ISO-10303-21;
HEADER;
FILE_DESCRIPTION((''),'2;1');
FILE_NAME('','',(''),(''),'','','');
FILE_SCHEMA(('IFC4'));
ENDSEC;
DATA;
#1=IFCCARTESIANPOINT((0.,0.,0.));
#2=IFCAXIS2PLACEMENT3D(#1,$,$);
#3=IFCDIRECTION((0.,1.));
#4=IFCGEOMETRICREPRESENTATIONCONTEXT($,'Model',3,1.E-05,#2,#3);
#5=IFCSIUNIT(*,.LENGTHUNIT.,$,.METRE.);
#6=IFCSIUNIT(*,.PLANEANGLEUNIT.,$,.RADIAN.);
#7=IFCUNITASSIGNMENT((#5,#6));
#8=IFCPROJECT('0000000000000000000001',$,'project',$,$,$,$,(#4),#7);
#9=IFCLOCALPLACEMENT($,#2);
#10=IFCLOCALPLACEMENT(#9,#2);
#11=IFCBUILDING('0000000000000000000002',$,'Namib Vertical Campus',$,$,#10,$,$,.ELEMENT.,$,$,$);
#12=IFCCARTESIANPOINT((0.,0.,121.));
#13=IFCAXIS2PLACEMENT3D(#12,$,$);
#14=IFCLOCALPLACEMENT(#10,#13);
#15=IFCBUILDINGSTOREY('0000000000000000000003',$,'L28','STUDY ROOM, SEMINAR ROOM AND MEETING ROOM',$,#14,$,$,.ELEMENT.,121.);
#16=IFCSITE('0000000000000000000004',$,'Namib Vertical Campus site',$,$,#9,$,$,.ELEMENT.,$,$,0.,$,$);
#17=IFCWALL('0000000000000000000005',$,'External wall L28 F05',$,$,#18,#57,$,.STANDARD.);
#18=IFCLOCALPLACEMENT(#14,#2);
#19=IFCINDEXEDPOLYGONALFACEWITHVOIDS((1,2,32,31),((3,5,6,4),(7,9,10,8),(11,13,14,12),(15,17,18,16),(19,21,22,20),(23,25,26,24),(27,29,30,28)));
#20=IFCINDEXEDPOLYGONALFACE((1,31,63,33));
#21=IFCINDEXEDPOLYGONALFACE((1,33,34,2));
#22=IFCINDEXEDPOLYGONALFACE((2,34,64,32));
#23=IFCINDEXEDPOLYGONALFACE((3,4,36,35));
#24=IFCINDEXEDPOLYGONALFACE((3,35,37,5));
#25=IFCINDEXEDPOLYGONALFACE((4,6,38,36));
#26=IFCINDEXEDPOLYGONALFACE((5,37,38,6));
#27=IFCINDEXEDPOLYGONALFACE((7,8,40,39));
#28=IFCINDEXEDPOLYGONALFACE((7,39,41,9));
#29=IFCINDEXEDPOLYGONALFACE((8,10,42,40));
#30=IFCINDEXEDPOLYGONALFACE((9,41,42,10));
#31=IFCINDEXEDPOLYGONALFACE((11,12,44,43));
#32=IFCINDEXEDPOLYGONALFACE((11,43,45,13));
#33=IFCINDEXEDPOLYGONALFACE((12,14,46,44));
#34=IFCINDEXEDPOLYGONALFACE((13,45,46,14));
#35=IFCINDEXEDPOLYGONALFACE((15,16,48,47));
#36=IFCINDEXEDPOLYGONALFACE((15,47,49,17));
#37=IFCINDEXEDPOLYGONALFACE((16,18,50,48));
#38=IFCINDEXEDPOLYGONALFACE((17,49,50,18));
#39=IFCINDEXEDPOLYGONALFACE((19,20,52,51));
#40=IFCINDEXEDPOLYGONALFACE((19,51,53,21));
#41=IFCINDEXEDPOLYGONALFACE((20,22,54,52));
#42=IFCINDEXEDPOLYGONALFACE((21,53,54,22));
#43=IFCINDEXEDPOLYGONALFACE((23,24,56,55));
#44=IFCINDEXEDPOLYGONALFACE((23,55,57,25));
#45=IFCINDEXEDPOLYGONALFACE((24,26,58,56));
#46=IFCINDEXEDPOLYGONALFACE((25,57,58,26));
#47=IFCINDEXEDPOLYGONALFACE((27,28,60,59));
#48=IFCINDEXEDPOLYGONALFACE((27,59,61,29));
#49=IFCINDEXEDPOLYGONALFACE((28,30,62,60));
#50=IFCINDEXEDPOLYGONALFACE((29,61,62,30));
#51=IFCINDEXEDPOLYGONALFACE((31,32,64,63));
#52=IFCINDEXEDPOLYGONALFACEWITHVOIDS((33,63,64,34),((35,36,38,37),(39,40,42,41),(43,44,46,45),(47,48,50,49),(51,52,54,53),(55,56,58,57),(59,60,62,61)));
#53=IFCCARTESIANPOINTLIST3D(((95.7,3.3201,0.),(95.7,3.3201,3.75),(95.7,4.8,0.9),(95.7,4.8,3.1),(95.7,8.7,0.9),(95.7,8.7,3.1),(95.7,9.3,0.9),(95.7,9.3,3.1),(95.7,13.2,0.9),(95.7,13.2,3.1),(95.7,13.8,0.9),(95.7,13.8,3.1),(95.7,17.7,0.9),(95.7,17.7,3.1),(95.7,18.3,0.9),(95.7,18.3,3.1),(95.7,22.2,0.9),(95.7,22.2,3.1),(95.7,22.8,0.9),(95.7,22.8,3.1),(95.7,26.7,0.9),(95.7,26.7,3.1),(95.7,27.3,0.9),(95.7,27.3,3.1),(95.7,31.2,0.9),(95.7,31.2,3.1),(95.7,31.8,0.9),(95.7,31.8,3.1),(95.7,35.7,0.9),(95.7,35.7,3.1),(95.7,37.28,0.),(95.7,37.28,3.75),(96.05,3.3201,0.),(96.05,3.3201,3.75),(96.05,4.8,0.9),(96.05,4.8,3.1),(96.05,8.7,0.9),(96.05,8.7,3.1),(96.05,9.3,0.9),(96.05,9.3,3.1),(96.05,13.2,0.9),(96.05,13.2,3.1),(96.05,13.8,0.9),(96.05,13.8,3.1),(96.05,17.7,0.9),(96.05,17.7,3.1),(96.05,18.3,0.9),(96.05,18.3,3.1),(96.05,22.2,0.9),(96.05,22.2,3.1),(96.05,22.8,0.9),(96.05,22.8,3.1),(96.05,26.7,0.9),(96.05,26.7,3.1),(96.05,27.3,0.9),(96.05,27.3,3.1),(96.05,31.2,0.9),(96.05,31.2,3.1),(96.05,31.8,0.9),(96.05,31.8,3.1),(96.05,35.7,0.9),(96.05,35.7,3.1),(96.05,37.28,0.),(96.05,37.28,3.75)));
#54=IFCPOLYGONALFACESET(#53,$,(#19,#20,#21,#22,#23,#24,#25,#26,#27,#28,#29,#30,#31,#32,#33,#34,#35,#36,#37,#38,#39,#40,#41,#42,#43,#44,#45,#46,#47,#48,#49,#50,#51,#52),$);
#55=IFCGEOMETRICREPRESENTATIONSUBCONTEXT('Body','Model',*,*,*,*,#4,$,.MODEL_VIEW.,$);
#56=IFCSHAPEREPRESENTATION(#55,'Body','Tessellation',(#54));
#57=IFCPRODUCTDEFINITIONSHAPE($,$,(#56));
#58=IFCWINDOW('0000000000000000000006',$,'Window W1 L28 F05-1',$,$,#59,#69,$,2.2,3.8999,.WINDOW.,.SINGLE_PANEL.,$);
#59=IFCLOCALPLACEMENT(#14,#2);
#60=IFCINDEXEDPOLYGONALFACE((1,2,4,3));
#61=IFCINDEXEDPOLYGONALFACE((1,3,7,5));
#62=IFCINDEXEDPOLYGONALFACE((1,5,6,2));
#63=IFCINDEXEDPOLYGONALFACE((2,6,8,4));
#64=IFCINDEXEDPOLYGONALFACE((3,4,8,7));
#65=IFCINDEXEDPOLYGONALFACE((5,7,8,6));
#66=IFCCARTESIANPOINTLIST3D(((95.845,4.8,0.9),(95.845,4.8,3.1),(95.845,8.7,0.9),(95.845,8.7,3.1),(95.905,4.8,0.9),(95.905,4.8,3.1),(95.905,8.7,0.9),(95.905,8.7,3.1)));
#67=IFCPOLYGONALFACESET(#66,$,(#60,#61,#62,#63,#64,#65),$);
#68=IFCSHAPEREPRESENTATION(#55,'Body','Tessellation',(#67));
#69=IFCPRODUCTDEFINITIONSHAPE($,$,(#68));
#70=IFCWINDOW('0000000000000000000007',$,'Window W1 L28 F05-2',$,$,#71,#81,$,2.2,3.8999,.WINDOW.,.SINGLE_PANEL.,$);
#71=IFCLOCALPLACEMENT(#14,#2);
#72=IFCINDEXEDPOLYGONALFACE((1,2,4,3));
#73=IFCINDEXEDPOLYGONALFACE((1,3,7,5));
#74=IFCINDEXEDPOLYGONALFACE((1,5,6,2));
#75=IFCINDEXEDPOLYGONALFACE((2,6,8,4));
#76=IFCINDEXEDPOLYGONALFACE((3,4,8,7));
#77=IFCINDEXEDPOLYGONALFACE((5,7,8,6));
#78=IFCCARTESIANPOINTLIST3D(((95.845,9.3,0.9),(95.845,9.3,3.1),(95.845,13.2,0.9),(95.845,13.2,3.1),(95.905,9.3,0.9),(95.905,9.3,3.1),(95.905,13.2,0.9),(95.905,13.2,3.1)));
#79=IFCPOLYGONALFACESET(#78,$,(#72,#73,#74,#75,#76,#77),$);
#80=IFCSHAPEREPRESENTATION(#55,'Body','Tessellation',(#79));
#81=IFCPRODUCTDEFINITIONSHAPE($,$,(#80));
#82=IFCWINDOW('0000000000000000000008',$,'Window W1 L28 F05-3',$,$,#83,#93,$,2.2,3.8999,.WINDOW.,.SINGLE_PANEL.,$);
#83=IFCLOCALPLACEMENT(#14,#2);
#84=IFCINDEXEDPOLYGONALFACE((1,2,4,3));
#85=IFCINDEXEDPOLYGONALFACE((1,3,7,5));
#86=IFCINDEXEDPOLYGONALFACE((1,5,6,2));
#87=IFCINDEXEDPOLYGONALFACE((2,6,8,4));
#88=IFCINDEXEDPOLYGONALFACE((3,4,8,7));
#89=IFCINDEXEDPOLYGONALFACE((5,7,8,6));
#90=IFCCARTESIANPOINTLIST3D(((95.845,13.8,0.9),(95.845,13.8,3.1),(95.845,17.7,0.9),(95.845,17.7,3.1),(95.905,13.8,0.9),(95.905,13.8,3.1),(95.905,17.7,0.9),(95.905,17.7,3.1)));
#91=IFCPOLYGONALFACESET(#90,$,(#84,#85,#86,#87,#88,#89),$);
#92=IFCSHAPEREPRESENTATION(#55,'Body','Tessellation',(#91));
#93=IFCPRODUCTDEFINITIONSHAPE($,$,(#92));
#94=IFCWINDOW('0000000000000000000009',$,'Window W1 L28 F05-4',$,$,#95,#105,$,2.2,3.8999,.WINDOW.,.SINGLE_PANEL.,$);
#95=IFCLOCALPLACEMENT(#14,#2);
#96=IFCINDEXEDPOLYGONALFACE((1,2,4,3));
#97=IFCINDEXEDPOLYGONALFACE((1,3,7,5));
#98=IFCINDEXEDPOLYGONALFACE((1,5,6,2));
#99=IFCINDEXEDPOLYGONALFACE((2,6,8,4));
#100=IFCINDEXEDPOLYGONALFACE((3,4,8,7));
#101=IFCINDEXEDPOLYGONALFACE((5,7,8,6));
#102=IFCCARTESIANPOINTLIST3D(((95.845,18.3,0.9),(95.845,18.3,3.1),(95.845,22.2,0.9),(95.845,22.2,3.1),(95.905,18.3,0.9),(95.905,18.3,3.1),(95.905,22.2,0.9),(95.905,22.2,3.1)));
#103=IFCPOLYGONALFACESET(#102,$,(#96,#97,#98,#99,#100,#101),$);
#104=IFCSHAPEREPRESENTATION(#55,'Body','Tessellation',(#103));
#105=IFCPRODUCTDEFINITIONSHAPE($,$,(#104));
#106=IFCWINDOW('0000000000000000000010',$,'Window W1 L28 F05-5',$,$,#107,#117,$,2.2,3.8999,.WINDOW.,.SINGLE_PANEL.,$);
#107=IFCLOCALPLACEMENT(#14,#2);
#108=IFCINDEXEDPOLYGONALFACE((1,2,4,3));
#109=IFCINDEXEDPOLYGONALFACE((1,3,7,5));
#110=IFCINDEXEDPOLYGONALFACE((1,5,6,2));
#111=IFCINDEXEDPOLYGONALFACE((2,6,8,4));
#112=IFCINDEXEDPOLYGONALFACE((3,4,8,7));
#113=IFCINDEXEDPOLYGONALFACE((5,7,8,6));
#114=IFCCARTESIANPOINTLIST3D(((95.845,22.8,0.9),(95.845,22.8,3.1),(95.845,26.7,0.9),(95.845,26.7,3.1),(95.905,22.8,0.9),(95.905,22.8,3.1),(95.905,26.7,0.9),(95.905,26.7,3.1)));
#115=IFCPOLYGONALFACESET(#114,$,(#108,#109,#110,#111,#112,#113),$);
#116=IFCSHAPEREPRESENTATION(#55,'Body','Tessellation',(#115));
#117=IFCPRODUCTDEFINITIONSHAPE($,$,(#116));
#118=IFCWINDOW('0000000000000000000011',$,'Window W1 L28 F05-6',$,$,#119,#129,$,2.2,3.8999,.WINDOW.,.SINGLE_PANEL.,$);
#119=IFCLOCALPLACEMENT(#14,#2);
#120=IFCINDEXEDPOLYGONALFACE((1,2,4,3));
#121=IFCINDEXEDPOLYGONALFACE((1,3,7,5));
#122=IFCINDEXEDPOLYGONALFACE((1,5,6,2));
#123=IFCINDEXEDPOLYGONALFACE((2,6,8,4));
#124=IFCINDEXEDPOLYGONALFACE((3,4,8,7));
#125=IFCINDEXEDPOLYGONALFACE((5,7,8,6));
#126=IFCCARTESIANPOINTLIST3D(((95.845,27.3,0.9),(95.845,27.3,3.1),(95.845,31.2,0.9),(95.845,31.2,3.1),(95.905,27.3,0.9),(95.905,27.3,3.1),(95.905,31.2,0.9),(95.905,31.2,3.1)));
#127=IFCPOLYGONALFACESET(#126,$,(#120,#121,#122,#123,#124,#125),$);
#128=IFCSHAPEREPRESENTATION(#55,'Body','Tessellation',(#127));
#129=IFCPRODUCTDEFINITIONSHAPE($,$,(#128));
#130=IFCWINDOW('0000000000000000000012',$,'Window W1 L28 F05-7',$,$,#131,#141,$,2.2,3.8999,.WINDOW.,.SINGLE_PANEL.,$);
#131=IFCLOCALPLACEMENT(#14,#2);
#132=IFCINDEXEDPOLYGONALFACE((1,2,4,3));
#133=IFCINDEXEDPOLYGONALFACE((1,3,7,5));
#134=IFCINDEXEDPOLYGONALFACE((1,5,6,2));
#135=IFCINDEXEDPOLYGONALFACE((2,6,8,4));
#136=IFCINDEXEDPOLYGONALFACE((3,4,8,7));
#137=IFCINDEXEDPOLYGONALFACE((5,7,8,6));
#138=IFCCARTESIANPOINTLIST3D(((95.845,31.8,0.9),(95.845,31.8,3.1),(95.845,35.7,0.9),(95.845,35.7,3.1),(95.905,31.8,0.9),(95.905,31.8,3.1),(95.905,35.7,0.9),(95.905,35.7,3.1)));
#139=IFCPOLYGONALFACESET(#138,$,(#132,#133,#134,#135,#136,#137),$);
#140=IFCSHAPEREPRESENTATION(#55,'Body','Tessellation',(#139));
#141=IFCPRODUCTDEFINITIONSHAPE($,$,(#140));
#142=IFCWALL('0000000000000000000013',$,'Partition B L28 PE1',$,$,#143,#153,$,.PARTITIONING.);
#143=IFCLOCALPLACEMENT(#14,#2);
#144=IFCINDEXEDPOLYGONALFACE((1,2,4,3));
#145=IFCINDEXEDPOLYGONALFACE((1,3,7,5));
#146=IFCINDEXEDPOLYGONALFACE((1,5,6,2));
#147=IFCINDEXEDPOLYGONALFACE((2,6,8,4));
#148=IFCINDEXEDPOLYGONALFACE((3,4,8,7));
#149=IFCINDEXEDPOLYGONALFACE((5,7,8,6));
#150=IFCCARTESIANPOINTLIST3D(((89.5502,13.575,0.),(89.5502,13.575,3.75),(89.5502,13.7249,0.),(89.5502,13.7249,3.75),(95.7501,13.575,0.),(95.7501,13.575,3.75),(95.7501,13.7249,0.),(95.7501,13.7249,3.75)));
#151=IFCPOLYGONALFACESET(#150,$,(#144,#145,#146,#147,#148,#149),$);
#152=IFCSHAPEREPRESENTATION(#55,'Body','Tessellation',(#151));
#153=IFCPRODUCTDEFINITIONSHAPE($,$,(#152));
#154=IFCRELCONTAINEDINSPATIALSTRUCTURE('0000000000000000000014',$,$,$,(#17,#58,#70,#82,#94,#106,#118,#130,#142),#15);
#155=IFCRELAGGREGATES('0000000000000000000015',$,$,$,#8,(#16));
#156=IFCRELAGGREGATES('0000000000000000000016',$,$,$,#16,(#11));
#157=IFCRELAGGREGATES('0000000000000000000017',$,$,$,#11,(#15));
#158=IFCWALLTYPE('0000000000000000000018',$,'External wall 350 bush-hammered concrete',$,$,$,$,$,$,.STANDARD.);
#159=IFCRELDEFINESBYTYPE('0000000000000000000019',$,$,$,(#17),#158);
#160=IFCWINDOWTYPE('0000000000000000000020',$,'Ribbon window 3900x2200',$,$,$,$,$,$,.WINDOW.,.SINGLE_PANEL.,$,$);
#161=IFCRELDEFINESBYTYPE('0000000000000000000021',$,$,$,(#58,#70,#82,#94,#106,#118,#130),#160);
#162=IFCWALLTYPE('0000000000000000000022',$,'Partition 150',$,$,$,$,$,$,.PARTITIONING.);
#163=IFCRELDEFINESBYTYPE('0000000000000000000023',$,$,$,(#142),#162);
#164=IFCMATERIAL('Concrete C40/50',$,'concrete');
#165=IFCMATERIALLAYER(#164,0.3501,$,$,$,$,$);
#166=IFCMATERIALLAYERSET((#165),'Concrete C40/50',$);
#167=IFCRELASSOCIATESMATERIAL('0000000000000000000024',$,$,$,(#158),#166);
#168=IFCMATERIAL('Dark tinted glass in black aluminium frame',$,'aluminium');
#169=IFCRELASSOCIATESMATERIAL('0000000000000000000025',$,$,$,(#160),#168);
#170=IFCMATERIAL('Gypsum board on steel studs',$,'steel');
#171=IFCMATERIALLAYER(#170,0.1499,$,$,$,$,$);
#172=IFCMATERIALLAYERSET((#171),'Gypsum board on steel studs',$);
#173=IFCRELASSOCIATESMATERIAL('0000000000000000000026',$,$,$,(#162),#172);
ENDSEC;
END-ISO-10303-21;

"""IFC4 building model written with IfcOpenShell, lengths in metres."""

from ifc_helpers import new_model, si_unit, direction, frame, frame_2d, origin, place, context, subcontext, project, spatial, rectangle, extrude, material, layer, layer_set, type_object, element, fill, save


model = new_model("IFC4")

# Units and contexts
model_context = context("Model", 3, precision=1e-05, world=origin(), true_north=direction((0.0, 1.0)))
body_context = subcontext(model_context, "Body", "Model", "MODEL_VIEW")
ifc_project = project(units=[si_unit("LENGTHUNIT", "METRE"), si_unit("PLANEANGLEUNIT", "RADIAN")], contexts=[model_context])

# Site, building, storey
site_placement = place(None, origin())
site = spatial("IfcSite", under=ifc_project, at=site_placement, Name="Namib Vertical Campus site", CompositionType="ELEMENT", RefElevation=0.0)
building_placement = place(site_placement, origin())
building = spatial("IfcBuilding", under=site, at=building_placement, Name="Namib Vertical Campus", CompositionType="ELEMENT")
storey_placement = place(building_placement, frame((0.0, 0.0, 121.0)))
storey = spatial("IfcBuildingStorey", under=building, at=storey_placement, Name="L28", Description="STUDY ROOM, SEMINAR ROOM AND MEETING ROOM", CompositionType="ELEMENT", Elevation=121.0)

# Wall, openings, windows
ifc_material_1 = material(Name="Concrete C40/50", Category="concrete")
ifc_layer_1 = layer(ifc_material_1, 0.3501)
ifc_layer_set_1 = layer_set([ifc_layer_1], Name="Concrete C40/50")
wall_type_1 = type_object("IfcWallType", Name="External wall 350 bush-hammered concrete", PredefinedType="STANDARD", material=ifc_layer_set_1)
wall_1_placement = place(storey_placement, frame((95.875, 3.3201, 0.0), z_axis=(0.0, 0.0, 1.0), x_axis=(0.0, 1.0, 0.0)))
wall_1 = element("IfcWall", 1, at=wall_1_placement, inside=storey, type_object=wall_type_1, Name="External wall L28 F05", PredefinedType="STANDARD", context=body_context, shape_type="SweptSolid", body=[
    extrude(rectangle(XDim=33.96, YDim=0.3501, at=frame_2d((16.98, 0.0))), origin(), (0.0, 0.0, 1.0), 3.75),
])
opening_1_placement = place(wall_1_placement, frame((1.48, 0.0, 0.8999)))
opening_1 = element("IfcOpeningElement", 2, at=opening_1_placement, cuts=wall_1, PredefinedType="OPENING", context=body_context, shape_type="SweptSolid", body=[
    extrude(rectangle(XDim=3.8999, YDim=2.2, at=frame_2d((1.95, 1.1001))), frame((0.0, 0.1851, 0.0), z_axis=(0.0, -1.0, 0.0), x_axis=(1.0, 0.0, 0.0)), (0.0, 0.0, 1.0), 0.3701),
])
opening_2_placement = place(wall_1_placement, frame((5.98, 0.0, 0.8999)))
opening_2 = element("IfcOpeningElement", 3, at=opening_2_placement, cuts=wall_1, PredefinedType="OPENING", context=body_context, shape_type="SweptSolid", body=[
    extrude(rectangle(XDim=3.8999, YDim=2.2, at=frame_2d((1.95, 1.1001))), frame((0.0, 0.1851, 0.0), z_axis=(0.0, -1.0, 0.0), x_axis=(1.0, 0.0, 0.0)), (0.0, 0.0, 1.0), 0.3701),
])
opening_3_placement = place(wall_1_placement, frame((10.48, 0.0, 0.8999)))
opening_3 = element("IfcOpeningElement", 4, at=opening_3_placement, cuts=wall_1, PredefinedType="OPENING", context=body_context, shape_type="SweptSolid", body=[
    extrude(rectangle(XDim=3.8999, YDim=2.2, at=frame_2d((1.95, 1.1001))), frame((0.0, 0.1851, 0.0), z_axis=(0.0, -1.0, 0.0), x_axis=(1.0, 0.0, 0.0)), (0.0, 0.0, 1.0), 0.3701),
])
opening_4_placement = place(wall_1_placement, frame((14.98, 0.0, 0.8999)))
opening_4 = element("IfcOpeningElement", 5, at=opening_4_placement, cuts=wall_1, PredefinedType="OPENING", context=body_context, shape_type="SweptSolid", body=[
    extrude(rectangle(XDim=3.8999, YDim=2.2, at=frame_2d((1.95, 1.1001))), frame((0.0, 0.1851, 0.0), z_axis=(0.0, -1.0, 0.0), x_axis=(1.0, 0.0, 0.0)), (0.0, 0.0, 1.0), 0.3701),
])
opening_5_placement = place(wall_1_placement, frame((19.48, 0.0, 0.8999)))
opening_5 = element("IfcOpeningElement", 6, at=opening_5_placement, cuts=wall_1, PredefinedType="OPENING", context=body_context, shape_type="SweptSolid", body=[
    extrude(rectangle(XDim=3.8999, YDim=2.2, at=frame_2d((1.95, 1.1001))), frame((0.0, 0.1851, 0.0), z_axis=(0.0, -1.0, 0.0), x_axis=(1.0, 0.0, 0.0)), (0.0, 0.0, 1.0), 0.3701),
])
opening_6_placement = place(wall_1_placement, frame((23.98, 0.0, 0.8999)))
opening_6 = element("IfcOpeningElement", 7, at=opening_6_placement, cuts=wall_1, PredefinedType="OPENING", context=body_context, shape_type="SweptSolid", body=[
    extrude(rectangle(XDim=3.8999, YDim=2.2, at=frame_2d((1.95, 1.1001))), frame((0.0, 0.1851, 0.0), z_axis=(0.0, -1.0, 0.0), x_axis=(1.0, 0.0, 0.0)), (0.0, 0.0, 1.0), 0.3701),
])
opening_7_placement = place(wall_1_placement, frame((28.48, 0.0, 0.8999)))
opening_7 = element("IfcOpeningElement", 8, at=opening_7_placement, cuts=wall_1, PredefinedType="OPENING", context=body_context, shape_type="SweptSolid", body=[
    extrude(rectangle(XDim=3.8999, YDim=2.2, at=frame_2d((1.95, 1.1001))), frame((0.0, 0.1851, 0.0), z_axis=(0.0, -1.0, 0.0), x_axis=(1.0, 0.0, 0.0)), (0.0, 0.0, 1.0), 0.3701),
])
ifc_material_2 = material(Name="Dark tinted glass in black aluminium frame", Category="aluminium")
window_type = type_object("IfcWindowType", Name="Ribbon window 3900x2200", PartitioningType="SINGLE_PANEL", PredefinedType="WINDOW", material=ifc_material_2)
window_1_placement = place(opening_1_placement, origin())
window_1 = element("IfcWindow", 9, at=window_1_placement, inside=storey, type_object=window_type, Name="Window W1 L28 F05-1", OverallHeight=2.2, OverallWidth=3.8999, PartitioningType="SINGLE_PANEL", PredefinedType="WINDOW", context=body_context, shape_type="SweptSolid", body=[
    extrude(rectangle(XDim=3.8999, YDim=2.2, at=frame_2d((1.95, 1.1001))), frame((0.0, 0.03, 0.0), z_axis=(0.0, -1.0, 0.0), x_axis=(1.0, 0.0, 0.0)), (0.0, 0.0, 1.0), 0.0601),
])
fill(opening_1, window_1)
window_2_placement = place(opening_2_placement, origin())
window_2 = element("IfcWindow", 10, at=window_2_placement, inside=storey, type_object=window_type, Name="Window W1 L28 F05-2", OverallHeight=2.2, OverallWidth=3.8999, PartitioningType="SINGLE_PANEL", PredefinedType="WINDOW", context=body_context, shape_type="SweptSolid", body=[
    extrude(rectangle(XDim=3.8999, YDim=2.2, at=frame_2d((1.95, 1.1001))), frame((0.0, 0.03, 0.0), z_axis=(0.0, -1.0, 0.0), x_axis=(1.0, 0.0, 0.0)), (0.0, 0.0, 1.0), 0.0601),
])
fill(opening_2, window_2)
window_3_placement = place(opening_3_placement, origin())
window_3 = element("IfcWindow", 11, at=window_3_placement, inside=storey, type_object=window_type, Name="Window W1 L28 F05-3", OverallHeight=2.2, OverallWidth=3.8999, PartitioningType="SINGLE_PANEL", PredefinedType="WINDOW", context=body_context, shape_type="SweptSolid", body=[
    extrude(rectangle(XDim=3.8999, YDim=2.2, at=frame_2d((1.95, 1.1001))), frame((0.0, 0.03, 0.0), z_axis=(0.0, -1.0, 0.0), x_axis=(1.0, 0.0, 0.0)), (0.0, 0.0, 1.0), 0.0601),
])
fill(opening_3, window_3)
window_4_placement = place(opening_4_placement, origin())
window_4 = element("IfcWindow", 12, at=window_4_placement, inside=storey, type_object=window_type, Name="Window W1 L28 F05-4", OverallHeight=2.2, OverallWidth=3.8999, PartitioningType="SINGLE_PANEL", PredefinedType="WINDOW", context=body_context, shape_type="SweptSolid", body=[
    extrude(rectangle(XDim=3.8999, YDim=2.2, at=frame_2d((1.95, 1.1001))), frame((0.0, 0.03, 0.0), z_axis=(0.0, -1.0, 0.0), x_axis=(1.0, 0.0, 0.0)), (0.0, 0.0, 1.0), 0.0601),
])
fill(opening_4, window_4)
window_5_placement = place(opening_5_placement, origin())
window_5 = element("IfcWindow", 13, at=window_5_placement, inside=storey, type_object=window_type, Name="Window W1 L28 F05-5", OverallHeight=2.2, OverallWidth=3.8999, PartitioningType="SINGLE_PANEL", PredefinedType="WINDOW", context=body_context, shape_type="SweptSolid", body=[
    extrude(rectangle(XDim=3.8999, YDim=2.2, at=frame_2d((1.95, 1.1001))), frame((0.0, 0.03, 0.0), z_axis=(0.0, -1.0, 0.0), x_axis=(1.0, 0.0, 0.0)), (0.0, 0.0, 1.0), 0.0601),
])
fill(opening_5, window_5)
window_6_placement = place(opening_6_placement, origin())
window_6 = element("IfcWindow", 14, at=window_6_placement, inside=storey, type_object=window_type, Name="Window W1 L28 F05-6", OverallHeight=2.2, OverallWidth=3.8999, PartitioningType="SINGLE_PANEL", PredefinedType="WINDOW", context=body_context, shape_type="SweptSolid", body=[
    extrude(rectangle(XDim=3.8999, YDim=2.2, at=frame_2d((1.95, 1.1001))), frame((0.0, 0.03, 0.0), z_axis=(0.0, -1.0, 0.0), x_axis=(1.0, 0.0, 0.0)), (0.0, 0.0, 1.0), 0.0601),
])
fill(opening_6, window_6)
window_7_placement = place(opening_7_placement, origin())
window_7 = element("IfcWindow", 15, at=window_7_placement, inside=storey, type_object=window_type, Name="Window W1 L28 F05-7", OverallHeight=2.2, OverallWidth=3.8999, PartitioningType="SINGLE_PANEL", PredefinedType="WINDOW", context=body_context, shape_type="SweptSolid", body=[
    extrude(rectangle(XDim=3.8999, YDim=2.2, at=frame_2d((1.95, 1.1001))), frame((0.0, 0.03, 0.0), z_axis=(0.0, -1.0, 0.0), x_axis=(1.0, 0.0, 0.0)), (0.0, 0.0, 1.0), 0.0601),
])
fill(opening_7, window_7)

# Wall
ifc_material_3 = material(Name="Gypsum board on steel studs", Category="steel")
ifc_layer_2 = layer(ifc_material_3, 0.1499)
ifc_layer_set_2 = layer_set([ifc_layer_2], Name="Gypsum board on steel studs")
wall_type_2 = type_object("IfcWallType", Name="Partition 150", PredefinedType="PARTITIONING", material=ifc_layer_set_2)
wall_2_placement = place(storey_placement, frame((89.55, 13.6499, 0.0), z_axis=(0.0, 0.0, 1.0), x_axis=(1.0, 0.0, 0.0)))
element("IfcWall", 16, at=wall_2_placement, inside=storey, type_object=wall_type_2, Name="Partition B L28 PE1", PredefinedType="PARTITIONING", context=body_context, shape_type="SweptSolid", body=[
    extrude(rectangle(XDim=6.2, YDim=0.1499, at=frame_2d((3.1001, 0.0))), origin(), (0.0, 0.0, 1.0), 3.75),
])

save(model, "model.ifc")
